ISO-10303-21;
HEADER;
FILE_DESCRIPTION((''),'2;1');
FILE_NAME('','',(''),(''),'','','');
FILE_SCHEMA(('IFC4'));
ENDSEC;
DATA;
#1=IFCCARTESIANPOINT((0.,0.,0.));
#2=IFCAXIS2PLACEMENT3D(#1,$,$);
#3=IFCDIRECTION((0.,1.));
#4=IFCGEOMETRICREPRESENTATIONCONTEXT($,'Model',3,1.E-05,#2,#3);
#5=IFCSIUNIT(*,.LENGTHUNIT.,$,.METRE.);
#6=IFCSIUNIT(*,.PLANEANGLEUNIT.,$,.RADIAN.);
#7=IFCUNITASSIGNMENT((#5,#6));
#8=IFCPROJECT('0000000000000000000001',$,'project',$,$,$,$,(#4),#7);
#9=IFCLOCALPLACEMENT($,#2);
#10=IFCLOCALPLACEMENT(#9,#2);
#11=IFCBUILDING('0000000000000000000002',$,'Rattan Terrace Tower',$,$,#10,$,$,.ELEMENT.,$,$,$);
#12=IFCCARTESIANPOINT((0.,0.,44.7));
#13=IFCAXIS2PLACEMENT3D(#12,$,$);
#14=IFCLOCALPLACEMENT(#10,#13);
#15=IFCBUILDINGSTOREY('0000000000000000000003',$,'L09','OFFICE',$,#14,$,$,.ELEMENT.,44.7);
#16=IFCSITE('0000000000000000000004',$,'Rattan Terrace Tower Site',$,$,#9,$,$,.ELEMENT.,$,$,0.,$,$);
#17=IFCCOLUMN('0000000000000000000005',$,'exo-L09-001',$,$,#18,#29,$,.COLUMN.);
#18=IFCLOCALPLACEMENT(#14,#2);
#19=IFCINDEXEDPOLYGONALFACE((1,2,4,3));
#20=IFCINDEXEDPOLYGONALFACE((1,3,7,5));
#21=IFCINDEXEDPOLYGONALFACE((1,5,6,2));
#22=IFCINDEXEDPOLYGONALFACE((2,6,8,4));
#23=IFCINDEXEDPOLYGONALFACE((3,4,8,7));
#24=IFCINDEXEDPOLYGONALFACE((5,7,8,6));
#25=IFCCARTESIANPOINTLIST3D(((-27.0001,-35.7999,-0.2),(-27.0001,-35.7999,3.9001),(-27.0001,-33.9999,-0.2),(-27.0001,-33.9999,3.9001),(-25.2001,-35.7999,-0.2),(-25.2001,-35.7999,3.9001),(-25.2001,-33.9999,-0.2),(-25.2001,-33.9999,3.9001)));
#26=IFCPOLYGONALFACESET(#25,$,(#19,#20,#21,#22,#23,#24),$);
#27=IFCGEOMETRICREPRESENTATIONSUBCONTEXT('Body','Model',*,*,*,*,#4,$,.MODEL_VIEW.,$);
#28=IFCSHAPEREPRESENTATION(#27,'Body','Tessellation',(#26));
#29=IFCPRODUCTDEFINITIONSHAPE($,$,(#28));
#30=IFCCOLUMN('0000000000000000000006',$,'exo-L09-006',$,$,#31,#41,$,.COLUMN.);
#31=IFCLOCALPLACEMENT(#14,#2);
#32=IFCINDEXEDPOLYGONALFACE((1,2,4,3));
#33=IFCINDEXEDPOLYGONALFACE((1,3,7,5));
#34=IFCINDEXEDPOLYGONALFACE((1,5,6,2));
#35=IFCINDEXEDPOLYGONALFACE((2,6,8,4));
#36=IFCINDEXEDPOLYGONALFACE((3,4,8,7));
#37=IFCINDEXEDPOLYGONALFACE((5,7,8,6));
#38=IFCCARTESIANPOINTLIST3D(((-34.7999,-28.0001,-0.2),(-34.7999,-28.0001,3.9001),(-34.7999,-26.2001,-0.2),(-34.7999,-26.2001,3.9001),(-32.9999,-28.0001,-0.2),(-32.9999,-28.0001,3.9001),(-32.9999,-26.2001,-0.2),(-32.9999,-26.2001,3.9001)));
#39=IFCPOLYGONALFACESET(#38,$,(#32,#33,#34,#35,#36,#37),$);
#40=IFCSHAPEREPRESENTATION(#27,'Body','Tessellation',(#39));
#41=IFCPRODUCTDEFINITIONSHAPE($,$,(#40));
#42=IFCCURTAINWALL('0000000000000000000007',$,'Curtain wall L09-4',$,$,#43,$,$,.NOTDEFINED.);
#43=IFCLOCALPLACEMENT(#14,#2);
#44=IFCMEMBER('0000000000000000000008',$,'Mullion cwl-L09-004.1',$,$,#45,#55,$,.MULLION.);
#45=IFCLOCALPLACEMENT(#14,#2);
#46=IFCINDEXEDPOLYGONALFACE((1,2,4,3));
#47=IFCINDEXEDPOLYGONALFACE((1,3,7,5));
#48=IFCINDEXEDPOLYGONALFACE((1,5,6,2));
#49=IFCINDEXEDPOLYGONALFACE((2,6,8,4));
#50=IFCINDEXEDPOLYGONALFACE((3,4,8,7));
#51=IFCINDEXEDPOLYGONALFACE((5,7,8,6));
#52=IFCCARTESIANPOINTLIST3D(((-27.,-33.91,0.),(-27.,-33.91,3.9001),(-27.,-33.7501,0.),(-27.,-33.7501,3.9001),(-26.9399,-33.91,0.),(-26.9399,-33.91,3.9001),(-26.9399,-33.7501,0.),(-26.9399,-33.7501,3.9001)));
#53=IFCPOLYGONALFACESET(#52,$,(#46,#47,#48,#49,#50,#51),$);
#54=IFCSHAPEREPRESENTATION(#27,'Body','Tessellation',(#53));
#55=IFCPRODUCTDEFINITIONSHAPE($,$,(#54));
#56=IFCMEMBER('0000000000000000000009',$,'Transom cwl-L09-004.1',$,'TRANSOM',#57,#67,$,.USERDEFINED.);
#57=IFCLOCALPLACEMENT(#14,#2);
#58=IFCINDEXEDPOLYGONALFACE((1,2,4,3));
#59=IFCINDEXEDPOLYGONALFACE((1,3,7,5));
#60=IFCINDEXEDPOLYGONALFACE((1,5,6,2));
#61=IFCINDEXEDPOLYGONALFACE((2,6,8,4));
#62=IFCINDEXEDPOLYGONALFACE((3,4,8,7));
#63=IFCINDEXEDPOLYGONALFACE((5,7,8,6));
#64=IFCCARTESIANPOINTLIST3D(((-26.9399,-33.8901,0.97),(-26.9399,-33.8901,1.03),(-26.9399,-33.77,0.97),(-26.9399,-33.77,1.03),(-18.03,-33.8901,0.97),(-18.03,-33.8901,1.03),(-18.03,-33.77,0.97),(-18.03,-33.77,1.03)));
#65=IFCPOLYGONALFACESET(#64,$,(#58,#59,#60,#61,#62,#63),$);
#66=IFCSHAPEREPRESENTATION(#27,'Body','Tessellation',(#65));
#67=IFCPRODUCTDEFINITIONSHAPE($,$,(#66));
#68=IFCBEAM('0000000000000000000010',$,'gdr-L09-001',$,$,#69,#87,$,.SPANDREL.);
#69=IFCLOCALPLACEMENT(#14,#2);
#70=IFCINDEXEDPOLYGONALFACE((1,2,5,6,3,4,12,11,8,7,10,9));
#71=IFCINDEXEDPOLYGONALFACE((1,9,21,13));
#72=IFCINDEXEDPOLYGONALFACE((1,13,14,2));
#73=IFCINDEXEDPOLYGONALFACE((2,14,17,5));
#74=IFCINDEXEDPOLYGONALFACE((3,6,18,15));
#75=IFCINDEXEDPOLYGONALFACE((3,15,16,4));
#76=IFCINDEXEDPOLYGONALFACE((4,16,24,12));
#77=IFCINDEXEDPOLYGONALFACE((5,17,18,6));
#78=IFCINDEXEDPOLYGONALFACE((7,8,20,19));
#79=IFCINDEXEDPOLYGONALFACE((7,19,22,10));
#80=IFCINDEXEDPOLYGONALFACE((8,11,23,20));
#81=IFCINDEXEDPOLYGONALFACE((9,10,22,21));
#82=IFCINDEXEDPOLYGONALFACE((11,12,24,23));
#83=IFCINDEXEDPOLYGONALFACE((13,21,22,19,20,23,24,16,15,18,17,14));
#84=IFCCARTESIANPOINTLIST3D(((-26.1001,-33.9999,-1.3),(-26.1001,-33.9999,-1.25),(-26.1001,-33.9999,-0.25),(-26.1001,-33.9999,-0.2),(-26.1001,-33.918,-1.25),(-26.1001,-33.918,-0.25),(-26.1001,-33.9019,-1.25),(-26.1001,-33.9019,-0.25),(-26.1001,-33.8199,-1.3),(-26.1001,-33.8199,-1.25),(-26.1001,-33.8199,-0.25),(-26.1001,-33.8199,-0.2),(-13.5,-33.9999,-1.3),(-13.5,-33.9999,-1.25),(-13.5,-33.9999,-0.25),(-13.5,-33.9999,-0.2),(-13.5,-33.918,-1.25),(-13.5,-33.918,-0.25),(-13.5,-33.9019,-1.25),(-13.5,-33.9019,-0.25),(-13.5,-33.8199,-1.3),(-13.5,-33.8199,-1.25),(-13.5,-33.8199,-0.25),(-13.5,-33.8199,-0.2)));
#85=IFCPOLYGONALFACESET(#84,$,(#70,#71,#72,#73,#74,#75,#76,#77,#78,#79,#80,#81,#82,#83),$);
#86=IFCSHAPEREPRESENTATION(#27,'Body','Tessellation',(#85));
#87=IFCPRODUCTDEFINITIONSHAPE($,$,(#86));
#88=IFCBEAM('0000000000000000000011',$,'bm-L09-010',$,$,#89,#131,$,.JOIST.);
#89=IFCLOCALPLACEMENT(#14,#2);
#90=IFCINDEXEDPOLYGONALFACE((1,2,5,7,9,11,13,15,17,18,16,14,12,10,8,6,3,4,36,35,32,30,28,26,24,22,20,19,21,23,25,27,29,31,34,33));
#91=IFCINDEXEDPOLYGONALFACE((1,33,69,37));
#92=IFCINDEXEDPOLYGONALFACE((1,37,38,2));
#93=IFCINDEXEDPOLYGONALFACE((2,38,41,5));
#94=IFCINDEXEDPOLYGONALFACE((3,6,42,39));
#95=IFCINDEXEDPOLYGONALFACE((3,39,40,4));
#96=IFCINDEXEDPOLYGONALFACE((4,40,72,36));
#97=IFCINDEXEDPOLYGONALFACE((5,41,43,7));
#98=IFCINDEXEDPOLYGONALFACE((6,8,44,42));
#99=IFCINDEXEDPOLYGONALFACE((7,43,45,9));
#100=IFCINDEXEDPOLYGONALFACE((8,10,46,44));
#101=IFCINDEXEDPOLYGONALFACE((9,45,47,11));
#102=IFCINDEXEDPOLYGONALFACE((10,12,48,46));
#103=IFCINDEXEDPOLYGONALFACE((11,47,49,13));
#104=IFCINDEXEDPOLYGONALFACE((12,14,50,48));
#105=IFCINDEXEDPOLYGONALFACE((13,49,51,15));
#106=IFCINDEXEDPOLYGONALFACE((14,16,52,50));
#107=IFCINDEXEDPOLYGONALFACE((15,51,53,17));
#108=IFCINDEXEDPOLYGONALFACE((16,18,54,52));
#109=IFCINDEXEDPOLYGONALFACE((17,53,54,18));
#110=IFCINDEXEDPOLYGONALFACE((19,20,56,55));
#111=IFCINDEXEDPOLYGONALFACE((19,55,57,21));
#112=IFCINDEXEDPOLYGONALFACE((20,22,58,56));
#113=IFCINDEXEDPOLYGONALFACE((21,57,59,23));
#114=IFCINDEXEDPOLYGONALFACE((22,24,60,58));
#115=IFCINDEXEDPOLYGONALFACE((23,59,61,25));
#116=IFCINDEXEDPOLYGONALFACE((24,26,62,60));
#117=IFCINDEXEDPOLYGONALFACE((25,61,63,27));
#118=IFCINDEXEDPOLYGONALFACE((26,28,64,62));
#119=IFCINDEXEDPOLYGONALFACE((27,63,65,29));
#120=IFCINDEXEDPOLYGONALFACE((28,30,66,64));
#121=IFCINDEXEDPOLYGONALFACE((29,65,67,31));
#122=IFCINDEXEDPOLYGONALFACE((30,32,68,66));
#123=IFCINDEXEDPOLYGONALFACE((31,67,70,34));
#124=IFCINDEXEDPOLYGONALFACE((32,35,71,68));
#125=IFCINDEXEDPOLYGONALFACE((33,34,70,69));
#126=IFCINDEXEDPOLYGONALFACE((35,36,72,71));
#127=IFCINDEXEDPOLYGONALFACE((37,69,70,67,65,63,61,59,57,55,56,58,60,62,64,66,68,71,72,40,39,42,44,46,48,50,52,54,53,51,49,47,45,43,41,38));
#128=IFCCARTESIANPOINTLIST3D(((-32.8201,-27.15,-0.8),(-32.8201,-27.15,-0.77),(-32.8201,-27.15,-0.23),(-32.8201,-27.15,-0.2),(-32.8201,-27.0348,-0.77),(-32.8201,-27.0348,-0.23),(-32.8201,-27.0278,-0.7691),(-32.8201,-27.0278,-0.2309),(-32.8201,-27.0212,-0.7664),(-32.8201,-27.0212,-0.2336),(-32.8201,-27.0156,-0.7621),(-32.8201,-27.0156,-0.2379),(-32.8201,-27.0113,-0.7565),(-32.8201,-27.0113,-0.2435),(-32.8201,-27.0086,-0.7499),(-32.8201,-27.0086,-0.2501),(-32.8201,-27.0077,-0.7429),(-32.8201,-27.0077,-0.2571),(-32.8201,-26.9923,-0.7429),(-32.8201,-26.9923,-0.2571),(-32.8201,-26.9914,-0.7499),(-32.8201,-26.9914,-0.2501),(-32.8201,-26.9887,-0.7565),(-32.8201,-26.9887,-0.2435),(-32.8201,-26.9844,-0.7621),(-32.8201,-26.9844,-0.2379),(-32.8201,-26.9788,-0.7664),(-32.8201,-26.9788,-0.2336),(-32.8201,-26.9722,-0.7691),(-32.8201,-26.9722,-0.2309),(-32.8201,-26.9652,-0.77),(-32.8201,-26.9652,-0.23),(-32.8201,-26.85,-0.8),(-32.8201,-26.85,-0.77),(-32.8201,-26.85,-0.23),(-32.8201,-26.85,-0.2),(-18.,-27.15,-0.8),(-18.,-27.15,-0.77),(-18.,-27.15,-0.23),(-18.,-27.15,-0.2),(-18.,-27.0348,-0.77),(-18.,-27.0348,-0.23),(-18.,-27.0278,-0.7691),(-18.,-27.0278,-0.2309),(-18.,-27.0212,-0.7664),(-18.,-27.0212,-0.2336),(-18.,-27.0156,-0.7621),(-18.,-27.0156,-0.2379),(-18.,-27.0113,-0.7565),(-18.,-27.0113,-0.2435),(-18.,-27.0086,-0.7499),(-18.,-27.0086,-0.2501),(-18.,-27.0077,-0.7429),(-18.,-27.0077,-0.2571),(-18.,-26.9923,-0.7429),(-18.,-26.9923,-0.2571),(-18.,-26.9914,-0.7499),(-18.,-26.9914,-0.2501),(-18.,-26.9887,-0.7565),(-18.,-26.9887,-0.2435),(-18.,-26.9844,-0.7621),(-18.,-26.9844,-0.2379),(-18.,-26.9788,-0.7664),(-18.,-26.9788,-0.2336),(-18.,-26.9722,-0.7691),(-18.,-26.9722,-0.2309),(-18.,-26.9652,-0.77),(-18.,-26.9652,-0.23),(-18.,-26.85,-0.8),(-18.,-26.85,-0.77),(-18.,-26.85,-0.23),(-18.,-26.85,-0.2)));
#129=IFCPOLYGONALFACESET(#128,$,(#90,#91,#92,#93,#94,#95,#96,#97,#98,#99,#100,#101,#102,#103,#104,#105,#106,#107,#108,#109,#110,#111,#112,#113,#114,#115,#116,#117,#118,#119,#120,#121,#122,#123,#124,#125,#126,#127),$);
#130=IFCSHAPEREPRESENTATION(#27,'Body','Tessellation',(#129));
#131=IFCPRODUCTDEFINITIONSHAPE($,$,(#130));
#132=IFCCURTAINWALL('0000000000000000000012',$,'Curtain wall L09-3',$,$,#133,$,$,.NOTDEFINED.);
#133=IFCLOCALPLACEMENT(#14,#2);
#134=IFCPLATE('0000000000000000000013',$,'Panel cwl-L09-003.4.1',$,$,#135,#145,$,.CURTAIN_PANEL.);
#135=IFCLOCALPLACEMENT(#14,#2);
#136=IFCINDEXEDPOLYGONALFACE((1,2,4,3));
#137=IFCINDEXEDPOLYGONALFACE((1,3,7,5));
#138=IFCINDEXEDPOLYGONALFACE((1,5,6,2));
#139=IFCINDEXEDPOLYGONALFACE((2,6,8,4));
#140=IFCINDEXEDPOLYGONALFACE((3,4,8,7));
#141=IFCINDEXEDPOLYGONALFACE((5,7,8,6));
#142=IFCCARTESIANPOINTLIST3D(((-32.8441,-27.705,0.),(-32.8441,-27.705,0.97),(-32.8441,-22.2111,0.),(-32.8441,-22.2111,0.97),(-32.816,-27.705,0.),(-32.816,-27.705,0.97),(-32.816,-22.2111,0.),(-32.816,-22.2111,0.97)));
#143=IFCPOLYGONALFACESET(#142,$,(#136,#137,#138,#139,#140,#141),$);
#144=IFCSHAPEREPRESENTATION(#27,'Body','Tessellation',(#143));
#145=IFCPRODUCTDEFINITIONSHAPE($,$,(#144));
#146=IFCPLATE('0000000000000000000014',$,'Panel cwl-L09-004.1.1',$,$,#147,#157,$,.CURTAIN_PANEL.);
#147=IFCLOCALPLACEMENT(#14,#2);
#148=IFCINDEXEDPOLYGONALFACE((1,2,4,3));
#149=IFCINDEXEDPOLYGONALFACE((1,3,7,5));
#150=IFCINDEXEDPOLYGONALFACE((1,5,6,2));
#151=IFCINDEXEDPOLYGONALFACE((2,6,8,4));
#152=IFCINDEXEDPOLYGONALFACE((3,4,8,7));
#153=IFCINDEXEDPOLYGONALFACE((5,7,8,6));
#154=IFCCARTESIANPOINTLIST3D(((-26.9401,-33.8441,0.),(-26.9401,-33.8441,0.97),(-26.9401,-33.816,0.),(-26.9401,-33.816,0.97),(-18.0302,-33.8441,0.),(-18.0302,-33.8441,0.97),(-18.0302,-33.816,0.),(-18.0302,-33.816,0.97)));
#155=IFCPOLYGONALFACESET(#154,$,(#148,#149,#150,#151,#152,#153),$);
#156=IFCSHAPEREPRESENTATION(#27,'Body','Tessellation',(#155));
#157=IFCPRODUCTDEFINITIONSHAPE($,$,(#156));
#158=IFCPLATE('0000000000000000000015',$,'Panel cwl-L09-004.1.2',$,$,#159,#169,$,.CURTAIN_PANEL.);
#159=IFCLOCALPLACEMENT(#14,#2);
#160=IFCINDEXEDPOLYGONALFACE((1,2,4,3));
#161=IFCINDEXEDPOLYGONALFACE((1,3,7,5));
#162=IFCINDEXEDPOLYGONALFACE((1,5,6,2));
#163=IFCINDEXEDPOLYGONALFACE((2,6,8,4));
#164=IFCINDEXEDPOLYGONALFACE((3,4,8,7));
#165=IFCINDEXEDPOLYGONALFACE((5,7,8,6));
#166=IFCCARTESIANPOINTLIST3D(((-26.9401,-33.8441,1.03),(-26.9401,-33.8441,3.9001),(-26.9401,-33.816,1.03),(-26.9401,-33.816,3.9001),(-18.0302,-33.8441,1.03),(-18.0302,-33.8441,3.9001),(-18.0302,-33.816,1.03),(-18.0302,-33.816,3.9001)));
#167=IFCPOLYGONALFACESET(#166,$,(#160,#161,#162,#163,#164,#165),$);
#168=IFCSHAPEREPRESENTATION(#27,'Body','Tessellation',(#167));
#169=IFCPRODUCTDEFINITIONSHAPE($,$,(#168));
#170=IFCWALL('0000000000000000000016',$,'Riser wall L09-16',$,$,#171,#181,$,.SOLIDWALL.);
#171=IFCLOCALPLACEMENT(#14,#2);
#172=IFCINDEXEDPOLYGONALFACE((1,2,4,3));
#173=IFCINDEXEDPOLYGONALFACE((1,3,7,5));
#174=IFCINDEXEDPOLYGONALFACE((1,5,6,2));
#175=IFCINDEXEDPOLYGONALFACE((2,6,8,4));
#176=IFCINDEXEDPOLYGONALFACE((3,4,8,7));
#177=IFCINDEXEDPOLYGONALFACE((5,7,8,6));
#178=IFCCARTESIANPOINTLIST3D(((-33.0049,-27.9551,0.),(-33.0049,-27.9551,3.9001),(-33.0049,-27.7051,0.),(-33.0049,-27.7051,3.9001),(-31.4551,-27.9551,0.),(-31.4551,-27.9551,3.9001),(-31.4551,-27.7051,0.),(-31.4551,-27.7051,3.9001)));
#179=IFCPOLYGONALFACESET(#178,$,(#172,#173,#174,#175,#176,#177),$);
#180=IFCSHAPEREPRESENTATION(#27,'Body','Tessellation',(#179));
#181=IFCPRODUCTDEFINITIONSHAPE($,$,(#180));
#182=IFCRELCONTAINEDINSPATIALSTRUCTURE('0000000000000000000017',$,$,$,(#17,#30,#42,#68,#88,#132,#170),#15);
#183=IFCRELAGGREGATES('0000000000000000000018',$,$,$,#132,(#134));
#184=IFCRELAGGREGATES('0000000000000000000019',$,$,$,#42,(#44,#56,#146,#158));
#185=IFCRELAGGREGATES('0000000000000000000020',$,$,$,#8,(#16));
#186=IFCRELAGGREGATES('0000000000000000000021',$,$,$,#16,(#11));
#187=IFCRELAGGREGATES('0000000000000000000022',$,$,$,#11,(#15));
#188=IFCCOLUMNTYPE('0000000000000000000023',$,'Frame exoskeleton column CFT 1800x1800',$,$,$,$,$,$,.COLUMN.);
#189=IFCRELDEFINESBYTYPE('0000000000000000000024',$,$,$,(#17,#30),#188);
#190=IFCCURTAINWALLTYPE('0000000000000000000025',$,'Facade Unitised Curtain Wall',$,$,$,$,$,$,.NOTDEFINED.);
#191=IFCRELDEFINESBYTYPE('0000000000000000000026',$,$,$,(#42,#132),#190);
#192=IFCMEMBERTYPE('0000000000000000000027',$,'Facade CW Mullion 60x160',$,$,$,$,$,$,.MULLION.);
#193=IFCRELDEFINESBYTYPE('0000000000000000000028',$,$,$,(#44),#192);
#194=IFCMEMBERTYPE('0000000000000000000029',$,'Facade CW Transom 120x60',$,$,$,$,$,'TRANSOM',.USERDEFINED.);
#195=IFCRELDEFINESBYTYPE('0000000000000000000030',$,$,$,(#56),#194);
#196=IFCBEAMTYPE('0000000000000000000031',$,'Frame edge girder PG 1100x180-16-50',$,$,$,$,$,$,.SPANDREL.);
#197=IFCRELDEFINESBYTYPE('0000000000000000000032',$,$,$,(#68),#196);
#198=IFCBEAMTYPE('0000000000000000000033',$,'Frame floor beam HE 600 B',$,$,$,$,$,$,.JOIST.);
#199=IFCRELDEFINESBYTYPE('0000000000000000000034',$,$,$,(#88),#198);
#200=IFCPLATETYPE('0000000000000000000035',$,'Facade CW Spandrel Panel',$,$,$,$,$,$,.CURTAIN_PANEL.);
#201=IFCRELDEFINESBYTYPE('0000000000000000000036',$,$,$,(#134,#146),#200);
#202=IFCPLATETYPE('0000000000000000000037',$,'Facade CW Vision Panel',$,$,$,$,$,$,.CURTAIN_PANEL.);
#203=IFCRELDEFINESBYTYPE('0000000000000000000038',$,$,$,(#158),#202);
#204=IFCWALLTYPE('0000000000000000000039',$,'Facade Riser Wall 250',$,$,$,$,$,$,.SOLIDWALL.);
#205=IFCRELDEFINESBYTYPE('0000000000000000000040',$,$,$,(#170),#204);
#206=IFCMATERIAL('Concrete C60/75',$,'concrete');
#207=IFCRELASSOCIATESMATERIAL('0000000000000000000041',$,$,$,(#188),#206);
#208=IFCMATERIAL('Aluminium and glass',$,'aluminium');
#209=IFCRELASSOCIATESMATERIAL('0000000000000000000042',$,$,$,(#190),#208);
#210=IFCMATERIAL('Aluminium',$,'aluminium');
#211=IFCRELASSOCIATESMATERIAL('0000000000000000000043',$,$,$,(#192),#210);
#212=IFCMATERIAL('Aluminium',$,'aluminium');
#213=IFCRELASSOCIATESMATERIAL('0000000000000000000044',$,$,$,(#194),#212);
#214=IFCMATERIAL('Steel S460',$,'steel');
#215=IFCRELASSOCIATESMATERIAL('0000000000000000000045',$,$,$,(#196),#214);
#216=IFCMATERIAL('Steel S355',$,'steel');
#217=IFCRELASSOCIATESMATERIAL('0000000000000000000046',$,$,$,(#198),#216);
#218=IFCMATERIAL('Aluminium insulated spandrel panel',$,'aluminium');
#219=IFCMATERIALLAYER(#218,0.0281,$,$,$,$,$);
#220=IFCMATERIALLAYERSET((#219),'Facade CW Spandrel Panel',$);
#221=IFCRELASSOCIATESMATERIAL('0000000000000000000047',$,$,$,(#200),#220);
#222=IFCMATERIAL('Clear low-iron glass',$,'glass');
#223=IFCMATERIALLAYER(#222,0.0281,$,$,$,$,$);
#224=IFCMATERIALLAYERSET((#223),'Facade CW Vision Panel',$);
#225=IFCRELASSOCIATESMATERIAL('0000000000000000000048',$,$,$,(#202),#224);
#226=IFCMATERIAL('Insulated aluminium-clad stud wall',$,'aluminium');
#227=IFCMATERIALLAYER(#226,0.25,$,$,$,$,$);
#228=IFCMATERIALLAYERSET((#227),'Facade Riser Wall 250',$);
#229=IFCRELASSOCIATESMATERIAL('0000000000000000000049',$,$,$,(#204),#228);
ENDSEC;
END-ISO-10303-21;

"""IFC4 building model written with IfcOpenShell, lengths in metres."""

from ifc_helpers import new_model, si_unit, direction, frame, frame_2d, origin, origin_2d, place, context, subcontext, project, spatial, rectangle, i_section, extrude, material, layer, layer_set, material_profile, profile_set, type_object, element, aggregate, save


model = new_model("IFC4")

# Units and contexts
model_context = context("Model", 3, precision=1e-05, world=origin(), true_north=direction((0.0, 1.0)))
body_context = subcontext(model_context, "Body", "Model", "MODEL_VIEW")
ifc_project = project(units=[si_unit("LENGTHUNIT", "METRE"), si_unit("PLANEANGLEUNIT", "RADIAN")], contexts=[model_context])

# Site, building, storey
site_placement = place(None, origin())
site = spatial("IfcSite", under=ifc_project, at=site_placement, Name="Rattan Terrace Tower Site", CompositionType="ELEMENT", RefElevation=0.0)
building_placement = place(site_placement, origin())
building = spatial("IfcBuilding", under=site, at=building_placement, Name="Rattan Terrace Tower", CompositionType="ELEMENT")
storey_placement = place(building_placement, frame((0.0, 0.0, 44.7)))
storey = spatial("IfcBuildingStorey", under=building, at=storey_placement, Name="L09", Description="OFFICE", CompositionType="ELEMENT", Elevation=44.7)

# Columns
ifc_material_1 = material(Name="Concrete C60/75", Category="concrete")
ifc_material_profile_1 = material_profile(ifc_material_1, rectangle(XDim=1.8, YDim=1.8, at=origin_2d()), Name="CFT 1800x1800")
ifc_profile_set_1 = profile_set([ifc_material_profile_1], Name="Concrete C60/75")
column_type = type_object("IfcColumnType", Name="Frame exoskeleton column CFT 1800x1800", PredefinedType="COLUMN", material=ifc_profile_set_1)
for number, where, z_axis, x_axis, name in (
    (1, (-26.1001, -34.8999, -0.2), (0.0, 0.0, 1.0), (1.0, 0.0, 0.0), "exo-L09-001"),
    (2, (-33.8999, -27.1001, -0.2), (0.0, 0.0, 1.0), (0.0, 1.0, 0.0), "exo-L09-006"),
):
    element("IfcColumn", number, at=place(storey_placement, frame(where, z_axis=z_axis, x_axis=x_axis)), inside=storey, type_object=column_type, Name=name, PredefinedType="COLUMN", context=body_context, shape_type="SweptSolid", body=[
        extrude(rectangle(XDim=1.8, YDim=1.8, at=origin_2d()), origin(), (0.0, 0.0, 1.0), 4.1001),
    ])

# Curtain wall, members
ifc_material_2 = material(Name="Aluminium and glass", Category="aluminium")
curtain_wall_type = type_object("IfcCurtainWallType", Name="Facade Unitised Curtain Wall", PredefinedType="NOTDEFINED", material=ifc_material_2)
curtain_wall_1_placement = place(storey_placement, origin())
curtain_wall_1 = element("IfcCurtainWall", 3, at=curtain_wall_1_placement, inside=storey, type_object=curtain_wall_type, Name="Curtain wall L09-4", PredefinedType="NOTDEFINED")
ifc_material_3 = material(Name="Aluminium", Category="aluminium")
ifc_material_profile_2 = material_profile(ifc_material_3, rectangle(XDim=0.0601, YDim=0.1599, at=origin_2d()), Name="Aluminium 60x160")
ifc_profile_set_2 = profile_set([ifc_material_profile_2], Name="Aluminium")
member_type_1 = type_object("IfcMemberType", Name="Facade CW Mullion 60x160", PredefinedType="MULLION", material=ifc_profile_set_2)
member_1_placement = place(storey_placement, frame((-26.97, -33.8301, 0.0), z_axis=(0.0, 0.0, 1.0), x_axis=(1.0, 0.0, 0.0)))
member_1 = element("IfcMember", 4, at=member_1_placement, type_object=member_type_1, Name="Mullion cwl-L09-004.1", PredefinedType="MULLION", context=body_context, shape_type="SweptSolid", body=[
    extrude(rectangle(XDim=0.0601, YDim=0.1599, at=origin_2d()), origin(), (0.0, 0.0, 1.0), 3.9001),
])
ifc_material_4 = material(Name="Aluminium", Category="aluminium")
ifc_material_profile_3 = material_profile(ifc_material_4, rectangle(XDim=0.1201, YDim=0.0601, at=origin_2d()), Name="Aluminium 120x60")
ifc_profile_set_3 = profile_set([ifc_material_profile_3], Name="Aluminium")
member_type_2 = type_object("IfcMemberType", Name="Facade CW Transom 120x60", ElementType="TRANSOM", PredefinedType="USERDEFINED", material=ifc_profile_set_3)
member_2_placement = place(storey_placement, frame((-26.9399, -33.8301, 1.0), z_axis=(1.0, 0.0, 0.0), x_axis=(0.0, 1.0, 0.0)))
member_2 = element("IfcMember", 5, at=member_2_placement, type_object=member_type_2, Name="Transom cwl-L09-004.1", ObjectType="TRANSOM", PredefinedType="USERDEFINED", context=body_context, shape_type="SweptSolid", body=[
    extrude(rectangle(XDim=0.1201, YDim=0.0601, at=origin_2d()), origin(), (0.0, 0.0, 1.0), 8.9099),
])

# Beams
ifc_material_5 = material(Name="Steel S460", Category="steel")
ifc_material_profile_4 = material_profile(ifc_material_5, i_section(OverallWidth=0.1799, OverallDepth=1.1001, WebThickness=0.0161, FlangeThickness=0.05, at=origin_2d()), Name="PG 1100x180-16-50")
ifc_profile_set_4 = profile_set([ifc_material_profile_4], Name="Steel S460")
beam_type_1 = type_object("IfcBeamType", Name="Frame edge girder PG 1100x180-16-50", PredefinedType="SPANDREL", material=ifc_profile_set_4)
beam_1_placement = place(storey_placement, frame((-26.1001, -33.9099, -0.75), z_axis=(1.0, 0.0, 0.0), x_axis=(0.0, 1.0, 0.0)))
element("IfcBeam", 6, at=beam_1_placement, inside=storey, type_object=beam_type_1, Name="gdr-L09-001", PredefinedType="SPANDREL", context=body_context, shape_type="SweptSolid", body=[
    extrude(i_section(OverallWidth=0.1799, OverallDepth=1.1001, WebThickness=0.0161, FlangeThickness=0.05, at=origin_2d()), origin(), (0.0, 0.0, 1.0), 12.6001),
])
ifc_material_6 = material(Name="Steel S355", Category="steel")
ifc_material_profile_5 = material_profile(ifc_material_6, i_section(OverallWidth=0.3, OverallDepth=0.6001, WebThickness=0.0154, FlangeThickness=0.03, FilletRadius=0.0271, at=origin_2d()), Name="HE 600 B")
ifc_profile_set_5 = profile_set([ifc_material_profile_5], Name="Steel S355")
beam_type_2 = type_object("IfcBeamType", Name="Frame floor beam HE 600 B", PredefinedType="JOIST", material=ifc_profile_set_5)
beam_2_placement = place(storey_placement, frame((-32.8201, -27.0, -0.5), z_axis=(1.0, 0.0, 0.0), x_axis=(0.0, 1.0, 0.0)))
element("IfcBeam", 7, at=beam_2_placement, inside=storey, type_object=beam_type_2, Name="bm-L09-010", PredefinedType="JOIST", context=body_context, shape_type="SweptSolid", body=[
    extrude(i_section(OverallWidth=0.3, OverallDepth=0.6001, WebThickness=0.0154, FlangeThickness=0.03, FilletRadius=0.0271, at=origin_2d()), origin(), (0.0, 0.0, 1.0), 14.8201),
])

# Curtain wall, plate
curtain_wall_2_placement = place(storey_placement, origin())
curtain_wall_2 = element("IfcCurtainWall", 8, at=curtain_wall_2_placement, inside=storey, type_object=curtain_wall_type, Name="Curtain wall L09-3", PredefinedType="NOTDEFINED")
ifc_material_7 = material(Name="Aluminium insulated spandrel panel", Category="aluminium")
ifc_layer_1 = layer(ifc_material_7, 0.0281)
ifc_layer_set_1 = layer_set([ifc_layer_1], Name="Facade CW Spandrel Panel")
plate_type_1 = type_object("IfcPlateType", Name="Facade CW Spandrel Panel", PredefinedType="CURTAIN_PANEL", material=ifc_layer_set_1)
plate_1_placement = place(storey_placement, frame((-32.8301, -24.958, 0.0), z_axis=(0.0, 0.0, 1.0), x_axis=(0.0, -1.0, 0.0)))
plate_1 = element("IfcPlate", 9, at=plate_1_placement, type_object=plate_type_1, Name="Panel cwl-L09-003.4.1", PredefinedType="CURTAIN_PANEL", context=body_context, shape_type="SweptSolid", body=[
    extrude(rectangle(XDim=5.4939, YDim=0.0281, at=origin_2d()), origin(), (0.0, 0.0, 1.0), 0.97),
])
aggregate(curtain_wall_2, [plate_1])

# Plates
plate_2_placement = place(storey_placement, frame((-22.4851, -33.8301, 0.0), z_axis=(0.0, 0.0, 1.0), x_axis=(1.0, 0.0, 0.0)))
plate_2 = element("IfcPlate", 10, at=plate_2_placement, type_object=plate_type_1, Name="Panel cwl-L09-004.1.1", PredefinedType="CURTAIN_PANEL", context=body_context, shape_type="SweptSolid", body=[
    extrude(rectangle(XDim=8.9099, YDim=0.0281, at=origin_2d()), origin(), (0.0, 0.0, 1.0), 0.97),
])
ifc_material_8 = material(Name="Clear low-iron glass", Category="glass")
ifc_layer_2 = layer(ifc_material_8, 0.0281)
ifc_layer_set_2 = layer_set([ifc_layer_2], Name="Facade CW Vision Panel")
plate_type_2 = type_object("IfcPlateType", Name="Facade CW Vision Panel", PredefinedType="CURTAIN_PANEL", material=ifc_layer_set_2)
plate_3_placement = place(storey_placement, frame((-22.4851, -33.8301, 1.03), z_axis=(0.0, 0.0, 1.0), x_axis=(1.0, 0.0, 0.0)))
plate_3 = element("IfcPlate", 11, at=plate_3_placement, type_object=plate_type_2, Name="Panel cwl-L09-004.1.2", PredefinedType="CURTAIN_PANEL", context=body_context, shape_type="SweptSolid", body=[
    extrude(rectangle(XDim=8.9099, YDim=0.0281, at=origin_2d()), origin(), (0.0, 0.0, 1.0), 2.8701),
])
aggregate(curtain_wall_1, [member_1, member_2, plate_2, plate_3])

# Wall
ifc_material_9 = material(Name="Insulated aluminium-clad stud wall", Category="aluminium")
ifc_layer_3 = layer(ifc_material_9, 0.25)
ifc_layer_set_3 = layer_set([ifc_layer_3], Name="Facade Riser Wall 250")
wall_type = type_object("IfcWallType", Name="Facade Riser Wall 250", PredefinedType="SOLIDWALL", material=ifc_layer_set_3)
wall_1_placement = place(storey_placement, frame((-33.0049, -27.8301, 0.0), z_axis=(0.0, 0.0, 1.0), x_axis=(1.0, 0.0, 0.0)))
element("IfcWall", 12, at=wall_1_placement, inside=storey, type_object=wall_type, Name="Riser wall L09-16", PredefinedType="SOLIDWALL", context=body_context, shape_type="SweptSolid", body=[
    extrude(rectangle(XDim=1.5498, YDim=0.25, at=frame_2d((0.7749, 0.0))), origin(), (0.0, 0.0, 1.0), 3.9001),
])

save(model, "model.ifc")
